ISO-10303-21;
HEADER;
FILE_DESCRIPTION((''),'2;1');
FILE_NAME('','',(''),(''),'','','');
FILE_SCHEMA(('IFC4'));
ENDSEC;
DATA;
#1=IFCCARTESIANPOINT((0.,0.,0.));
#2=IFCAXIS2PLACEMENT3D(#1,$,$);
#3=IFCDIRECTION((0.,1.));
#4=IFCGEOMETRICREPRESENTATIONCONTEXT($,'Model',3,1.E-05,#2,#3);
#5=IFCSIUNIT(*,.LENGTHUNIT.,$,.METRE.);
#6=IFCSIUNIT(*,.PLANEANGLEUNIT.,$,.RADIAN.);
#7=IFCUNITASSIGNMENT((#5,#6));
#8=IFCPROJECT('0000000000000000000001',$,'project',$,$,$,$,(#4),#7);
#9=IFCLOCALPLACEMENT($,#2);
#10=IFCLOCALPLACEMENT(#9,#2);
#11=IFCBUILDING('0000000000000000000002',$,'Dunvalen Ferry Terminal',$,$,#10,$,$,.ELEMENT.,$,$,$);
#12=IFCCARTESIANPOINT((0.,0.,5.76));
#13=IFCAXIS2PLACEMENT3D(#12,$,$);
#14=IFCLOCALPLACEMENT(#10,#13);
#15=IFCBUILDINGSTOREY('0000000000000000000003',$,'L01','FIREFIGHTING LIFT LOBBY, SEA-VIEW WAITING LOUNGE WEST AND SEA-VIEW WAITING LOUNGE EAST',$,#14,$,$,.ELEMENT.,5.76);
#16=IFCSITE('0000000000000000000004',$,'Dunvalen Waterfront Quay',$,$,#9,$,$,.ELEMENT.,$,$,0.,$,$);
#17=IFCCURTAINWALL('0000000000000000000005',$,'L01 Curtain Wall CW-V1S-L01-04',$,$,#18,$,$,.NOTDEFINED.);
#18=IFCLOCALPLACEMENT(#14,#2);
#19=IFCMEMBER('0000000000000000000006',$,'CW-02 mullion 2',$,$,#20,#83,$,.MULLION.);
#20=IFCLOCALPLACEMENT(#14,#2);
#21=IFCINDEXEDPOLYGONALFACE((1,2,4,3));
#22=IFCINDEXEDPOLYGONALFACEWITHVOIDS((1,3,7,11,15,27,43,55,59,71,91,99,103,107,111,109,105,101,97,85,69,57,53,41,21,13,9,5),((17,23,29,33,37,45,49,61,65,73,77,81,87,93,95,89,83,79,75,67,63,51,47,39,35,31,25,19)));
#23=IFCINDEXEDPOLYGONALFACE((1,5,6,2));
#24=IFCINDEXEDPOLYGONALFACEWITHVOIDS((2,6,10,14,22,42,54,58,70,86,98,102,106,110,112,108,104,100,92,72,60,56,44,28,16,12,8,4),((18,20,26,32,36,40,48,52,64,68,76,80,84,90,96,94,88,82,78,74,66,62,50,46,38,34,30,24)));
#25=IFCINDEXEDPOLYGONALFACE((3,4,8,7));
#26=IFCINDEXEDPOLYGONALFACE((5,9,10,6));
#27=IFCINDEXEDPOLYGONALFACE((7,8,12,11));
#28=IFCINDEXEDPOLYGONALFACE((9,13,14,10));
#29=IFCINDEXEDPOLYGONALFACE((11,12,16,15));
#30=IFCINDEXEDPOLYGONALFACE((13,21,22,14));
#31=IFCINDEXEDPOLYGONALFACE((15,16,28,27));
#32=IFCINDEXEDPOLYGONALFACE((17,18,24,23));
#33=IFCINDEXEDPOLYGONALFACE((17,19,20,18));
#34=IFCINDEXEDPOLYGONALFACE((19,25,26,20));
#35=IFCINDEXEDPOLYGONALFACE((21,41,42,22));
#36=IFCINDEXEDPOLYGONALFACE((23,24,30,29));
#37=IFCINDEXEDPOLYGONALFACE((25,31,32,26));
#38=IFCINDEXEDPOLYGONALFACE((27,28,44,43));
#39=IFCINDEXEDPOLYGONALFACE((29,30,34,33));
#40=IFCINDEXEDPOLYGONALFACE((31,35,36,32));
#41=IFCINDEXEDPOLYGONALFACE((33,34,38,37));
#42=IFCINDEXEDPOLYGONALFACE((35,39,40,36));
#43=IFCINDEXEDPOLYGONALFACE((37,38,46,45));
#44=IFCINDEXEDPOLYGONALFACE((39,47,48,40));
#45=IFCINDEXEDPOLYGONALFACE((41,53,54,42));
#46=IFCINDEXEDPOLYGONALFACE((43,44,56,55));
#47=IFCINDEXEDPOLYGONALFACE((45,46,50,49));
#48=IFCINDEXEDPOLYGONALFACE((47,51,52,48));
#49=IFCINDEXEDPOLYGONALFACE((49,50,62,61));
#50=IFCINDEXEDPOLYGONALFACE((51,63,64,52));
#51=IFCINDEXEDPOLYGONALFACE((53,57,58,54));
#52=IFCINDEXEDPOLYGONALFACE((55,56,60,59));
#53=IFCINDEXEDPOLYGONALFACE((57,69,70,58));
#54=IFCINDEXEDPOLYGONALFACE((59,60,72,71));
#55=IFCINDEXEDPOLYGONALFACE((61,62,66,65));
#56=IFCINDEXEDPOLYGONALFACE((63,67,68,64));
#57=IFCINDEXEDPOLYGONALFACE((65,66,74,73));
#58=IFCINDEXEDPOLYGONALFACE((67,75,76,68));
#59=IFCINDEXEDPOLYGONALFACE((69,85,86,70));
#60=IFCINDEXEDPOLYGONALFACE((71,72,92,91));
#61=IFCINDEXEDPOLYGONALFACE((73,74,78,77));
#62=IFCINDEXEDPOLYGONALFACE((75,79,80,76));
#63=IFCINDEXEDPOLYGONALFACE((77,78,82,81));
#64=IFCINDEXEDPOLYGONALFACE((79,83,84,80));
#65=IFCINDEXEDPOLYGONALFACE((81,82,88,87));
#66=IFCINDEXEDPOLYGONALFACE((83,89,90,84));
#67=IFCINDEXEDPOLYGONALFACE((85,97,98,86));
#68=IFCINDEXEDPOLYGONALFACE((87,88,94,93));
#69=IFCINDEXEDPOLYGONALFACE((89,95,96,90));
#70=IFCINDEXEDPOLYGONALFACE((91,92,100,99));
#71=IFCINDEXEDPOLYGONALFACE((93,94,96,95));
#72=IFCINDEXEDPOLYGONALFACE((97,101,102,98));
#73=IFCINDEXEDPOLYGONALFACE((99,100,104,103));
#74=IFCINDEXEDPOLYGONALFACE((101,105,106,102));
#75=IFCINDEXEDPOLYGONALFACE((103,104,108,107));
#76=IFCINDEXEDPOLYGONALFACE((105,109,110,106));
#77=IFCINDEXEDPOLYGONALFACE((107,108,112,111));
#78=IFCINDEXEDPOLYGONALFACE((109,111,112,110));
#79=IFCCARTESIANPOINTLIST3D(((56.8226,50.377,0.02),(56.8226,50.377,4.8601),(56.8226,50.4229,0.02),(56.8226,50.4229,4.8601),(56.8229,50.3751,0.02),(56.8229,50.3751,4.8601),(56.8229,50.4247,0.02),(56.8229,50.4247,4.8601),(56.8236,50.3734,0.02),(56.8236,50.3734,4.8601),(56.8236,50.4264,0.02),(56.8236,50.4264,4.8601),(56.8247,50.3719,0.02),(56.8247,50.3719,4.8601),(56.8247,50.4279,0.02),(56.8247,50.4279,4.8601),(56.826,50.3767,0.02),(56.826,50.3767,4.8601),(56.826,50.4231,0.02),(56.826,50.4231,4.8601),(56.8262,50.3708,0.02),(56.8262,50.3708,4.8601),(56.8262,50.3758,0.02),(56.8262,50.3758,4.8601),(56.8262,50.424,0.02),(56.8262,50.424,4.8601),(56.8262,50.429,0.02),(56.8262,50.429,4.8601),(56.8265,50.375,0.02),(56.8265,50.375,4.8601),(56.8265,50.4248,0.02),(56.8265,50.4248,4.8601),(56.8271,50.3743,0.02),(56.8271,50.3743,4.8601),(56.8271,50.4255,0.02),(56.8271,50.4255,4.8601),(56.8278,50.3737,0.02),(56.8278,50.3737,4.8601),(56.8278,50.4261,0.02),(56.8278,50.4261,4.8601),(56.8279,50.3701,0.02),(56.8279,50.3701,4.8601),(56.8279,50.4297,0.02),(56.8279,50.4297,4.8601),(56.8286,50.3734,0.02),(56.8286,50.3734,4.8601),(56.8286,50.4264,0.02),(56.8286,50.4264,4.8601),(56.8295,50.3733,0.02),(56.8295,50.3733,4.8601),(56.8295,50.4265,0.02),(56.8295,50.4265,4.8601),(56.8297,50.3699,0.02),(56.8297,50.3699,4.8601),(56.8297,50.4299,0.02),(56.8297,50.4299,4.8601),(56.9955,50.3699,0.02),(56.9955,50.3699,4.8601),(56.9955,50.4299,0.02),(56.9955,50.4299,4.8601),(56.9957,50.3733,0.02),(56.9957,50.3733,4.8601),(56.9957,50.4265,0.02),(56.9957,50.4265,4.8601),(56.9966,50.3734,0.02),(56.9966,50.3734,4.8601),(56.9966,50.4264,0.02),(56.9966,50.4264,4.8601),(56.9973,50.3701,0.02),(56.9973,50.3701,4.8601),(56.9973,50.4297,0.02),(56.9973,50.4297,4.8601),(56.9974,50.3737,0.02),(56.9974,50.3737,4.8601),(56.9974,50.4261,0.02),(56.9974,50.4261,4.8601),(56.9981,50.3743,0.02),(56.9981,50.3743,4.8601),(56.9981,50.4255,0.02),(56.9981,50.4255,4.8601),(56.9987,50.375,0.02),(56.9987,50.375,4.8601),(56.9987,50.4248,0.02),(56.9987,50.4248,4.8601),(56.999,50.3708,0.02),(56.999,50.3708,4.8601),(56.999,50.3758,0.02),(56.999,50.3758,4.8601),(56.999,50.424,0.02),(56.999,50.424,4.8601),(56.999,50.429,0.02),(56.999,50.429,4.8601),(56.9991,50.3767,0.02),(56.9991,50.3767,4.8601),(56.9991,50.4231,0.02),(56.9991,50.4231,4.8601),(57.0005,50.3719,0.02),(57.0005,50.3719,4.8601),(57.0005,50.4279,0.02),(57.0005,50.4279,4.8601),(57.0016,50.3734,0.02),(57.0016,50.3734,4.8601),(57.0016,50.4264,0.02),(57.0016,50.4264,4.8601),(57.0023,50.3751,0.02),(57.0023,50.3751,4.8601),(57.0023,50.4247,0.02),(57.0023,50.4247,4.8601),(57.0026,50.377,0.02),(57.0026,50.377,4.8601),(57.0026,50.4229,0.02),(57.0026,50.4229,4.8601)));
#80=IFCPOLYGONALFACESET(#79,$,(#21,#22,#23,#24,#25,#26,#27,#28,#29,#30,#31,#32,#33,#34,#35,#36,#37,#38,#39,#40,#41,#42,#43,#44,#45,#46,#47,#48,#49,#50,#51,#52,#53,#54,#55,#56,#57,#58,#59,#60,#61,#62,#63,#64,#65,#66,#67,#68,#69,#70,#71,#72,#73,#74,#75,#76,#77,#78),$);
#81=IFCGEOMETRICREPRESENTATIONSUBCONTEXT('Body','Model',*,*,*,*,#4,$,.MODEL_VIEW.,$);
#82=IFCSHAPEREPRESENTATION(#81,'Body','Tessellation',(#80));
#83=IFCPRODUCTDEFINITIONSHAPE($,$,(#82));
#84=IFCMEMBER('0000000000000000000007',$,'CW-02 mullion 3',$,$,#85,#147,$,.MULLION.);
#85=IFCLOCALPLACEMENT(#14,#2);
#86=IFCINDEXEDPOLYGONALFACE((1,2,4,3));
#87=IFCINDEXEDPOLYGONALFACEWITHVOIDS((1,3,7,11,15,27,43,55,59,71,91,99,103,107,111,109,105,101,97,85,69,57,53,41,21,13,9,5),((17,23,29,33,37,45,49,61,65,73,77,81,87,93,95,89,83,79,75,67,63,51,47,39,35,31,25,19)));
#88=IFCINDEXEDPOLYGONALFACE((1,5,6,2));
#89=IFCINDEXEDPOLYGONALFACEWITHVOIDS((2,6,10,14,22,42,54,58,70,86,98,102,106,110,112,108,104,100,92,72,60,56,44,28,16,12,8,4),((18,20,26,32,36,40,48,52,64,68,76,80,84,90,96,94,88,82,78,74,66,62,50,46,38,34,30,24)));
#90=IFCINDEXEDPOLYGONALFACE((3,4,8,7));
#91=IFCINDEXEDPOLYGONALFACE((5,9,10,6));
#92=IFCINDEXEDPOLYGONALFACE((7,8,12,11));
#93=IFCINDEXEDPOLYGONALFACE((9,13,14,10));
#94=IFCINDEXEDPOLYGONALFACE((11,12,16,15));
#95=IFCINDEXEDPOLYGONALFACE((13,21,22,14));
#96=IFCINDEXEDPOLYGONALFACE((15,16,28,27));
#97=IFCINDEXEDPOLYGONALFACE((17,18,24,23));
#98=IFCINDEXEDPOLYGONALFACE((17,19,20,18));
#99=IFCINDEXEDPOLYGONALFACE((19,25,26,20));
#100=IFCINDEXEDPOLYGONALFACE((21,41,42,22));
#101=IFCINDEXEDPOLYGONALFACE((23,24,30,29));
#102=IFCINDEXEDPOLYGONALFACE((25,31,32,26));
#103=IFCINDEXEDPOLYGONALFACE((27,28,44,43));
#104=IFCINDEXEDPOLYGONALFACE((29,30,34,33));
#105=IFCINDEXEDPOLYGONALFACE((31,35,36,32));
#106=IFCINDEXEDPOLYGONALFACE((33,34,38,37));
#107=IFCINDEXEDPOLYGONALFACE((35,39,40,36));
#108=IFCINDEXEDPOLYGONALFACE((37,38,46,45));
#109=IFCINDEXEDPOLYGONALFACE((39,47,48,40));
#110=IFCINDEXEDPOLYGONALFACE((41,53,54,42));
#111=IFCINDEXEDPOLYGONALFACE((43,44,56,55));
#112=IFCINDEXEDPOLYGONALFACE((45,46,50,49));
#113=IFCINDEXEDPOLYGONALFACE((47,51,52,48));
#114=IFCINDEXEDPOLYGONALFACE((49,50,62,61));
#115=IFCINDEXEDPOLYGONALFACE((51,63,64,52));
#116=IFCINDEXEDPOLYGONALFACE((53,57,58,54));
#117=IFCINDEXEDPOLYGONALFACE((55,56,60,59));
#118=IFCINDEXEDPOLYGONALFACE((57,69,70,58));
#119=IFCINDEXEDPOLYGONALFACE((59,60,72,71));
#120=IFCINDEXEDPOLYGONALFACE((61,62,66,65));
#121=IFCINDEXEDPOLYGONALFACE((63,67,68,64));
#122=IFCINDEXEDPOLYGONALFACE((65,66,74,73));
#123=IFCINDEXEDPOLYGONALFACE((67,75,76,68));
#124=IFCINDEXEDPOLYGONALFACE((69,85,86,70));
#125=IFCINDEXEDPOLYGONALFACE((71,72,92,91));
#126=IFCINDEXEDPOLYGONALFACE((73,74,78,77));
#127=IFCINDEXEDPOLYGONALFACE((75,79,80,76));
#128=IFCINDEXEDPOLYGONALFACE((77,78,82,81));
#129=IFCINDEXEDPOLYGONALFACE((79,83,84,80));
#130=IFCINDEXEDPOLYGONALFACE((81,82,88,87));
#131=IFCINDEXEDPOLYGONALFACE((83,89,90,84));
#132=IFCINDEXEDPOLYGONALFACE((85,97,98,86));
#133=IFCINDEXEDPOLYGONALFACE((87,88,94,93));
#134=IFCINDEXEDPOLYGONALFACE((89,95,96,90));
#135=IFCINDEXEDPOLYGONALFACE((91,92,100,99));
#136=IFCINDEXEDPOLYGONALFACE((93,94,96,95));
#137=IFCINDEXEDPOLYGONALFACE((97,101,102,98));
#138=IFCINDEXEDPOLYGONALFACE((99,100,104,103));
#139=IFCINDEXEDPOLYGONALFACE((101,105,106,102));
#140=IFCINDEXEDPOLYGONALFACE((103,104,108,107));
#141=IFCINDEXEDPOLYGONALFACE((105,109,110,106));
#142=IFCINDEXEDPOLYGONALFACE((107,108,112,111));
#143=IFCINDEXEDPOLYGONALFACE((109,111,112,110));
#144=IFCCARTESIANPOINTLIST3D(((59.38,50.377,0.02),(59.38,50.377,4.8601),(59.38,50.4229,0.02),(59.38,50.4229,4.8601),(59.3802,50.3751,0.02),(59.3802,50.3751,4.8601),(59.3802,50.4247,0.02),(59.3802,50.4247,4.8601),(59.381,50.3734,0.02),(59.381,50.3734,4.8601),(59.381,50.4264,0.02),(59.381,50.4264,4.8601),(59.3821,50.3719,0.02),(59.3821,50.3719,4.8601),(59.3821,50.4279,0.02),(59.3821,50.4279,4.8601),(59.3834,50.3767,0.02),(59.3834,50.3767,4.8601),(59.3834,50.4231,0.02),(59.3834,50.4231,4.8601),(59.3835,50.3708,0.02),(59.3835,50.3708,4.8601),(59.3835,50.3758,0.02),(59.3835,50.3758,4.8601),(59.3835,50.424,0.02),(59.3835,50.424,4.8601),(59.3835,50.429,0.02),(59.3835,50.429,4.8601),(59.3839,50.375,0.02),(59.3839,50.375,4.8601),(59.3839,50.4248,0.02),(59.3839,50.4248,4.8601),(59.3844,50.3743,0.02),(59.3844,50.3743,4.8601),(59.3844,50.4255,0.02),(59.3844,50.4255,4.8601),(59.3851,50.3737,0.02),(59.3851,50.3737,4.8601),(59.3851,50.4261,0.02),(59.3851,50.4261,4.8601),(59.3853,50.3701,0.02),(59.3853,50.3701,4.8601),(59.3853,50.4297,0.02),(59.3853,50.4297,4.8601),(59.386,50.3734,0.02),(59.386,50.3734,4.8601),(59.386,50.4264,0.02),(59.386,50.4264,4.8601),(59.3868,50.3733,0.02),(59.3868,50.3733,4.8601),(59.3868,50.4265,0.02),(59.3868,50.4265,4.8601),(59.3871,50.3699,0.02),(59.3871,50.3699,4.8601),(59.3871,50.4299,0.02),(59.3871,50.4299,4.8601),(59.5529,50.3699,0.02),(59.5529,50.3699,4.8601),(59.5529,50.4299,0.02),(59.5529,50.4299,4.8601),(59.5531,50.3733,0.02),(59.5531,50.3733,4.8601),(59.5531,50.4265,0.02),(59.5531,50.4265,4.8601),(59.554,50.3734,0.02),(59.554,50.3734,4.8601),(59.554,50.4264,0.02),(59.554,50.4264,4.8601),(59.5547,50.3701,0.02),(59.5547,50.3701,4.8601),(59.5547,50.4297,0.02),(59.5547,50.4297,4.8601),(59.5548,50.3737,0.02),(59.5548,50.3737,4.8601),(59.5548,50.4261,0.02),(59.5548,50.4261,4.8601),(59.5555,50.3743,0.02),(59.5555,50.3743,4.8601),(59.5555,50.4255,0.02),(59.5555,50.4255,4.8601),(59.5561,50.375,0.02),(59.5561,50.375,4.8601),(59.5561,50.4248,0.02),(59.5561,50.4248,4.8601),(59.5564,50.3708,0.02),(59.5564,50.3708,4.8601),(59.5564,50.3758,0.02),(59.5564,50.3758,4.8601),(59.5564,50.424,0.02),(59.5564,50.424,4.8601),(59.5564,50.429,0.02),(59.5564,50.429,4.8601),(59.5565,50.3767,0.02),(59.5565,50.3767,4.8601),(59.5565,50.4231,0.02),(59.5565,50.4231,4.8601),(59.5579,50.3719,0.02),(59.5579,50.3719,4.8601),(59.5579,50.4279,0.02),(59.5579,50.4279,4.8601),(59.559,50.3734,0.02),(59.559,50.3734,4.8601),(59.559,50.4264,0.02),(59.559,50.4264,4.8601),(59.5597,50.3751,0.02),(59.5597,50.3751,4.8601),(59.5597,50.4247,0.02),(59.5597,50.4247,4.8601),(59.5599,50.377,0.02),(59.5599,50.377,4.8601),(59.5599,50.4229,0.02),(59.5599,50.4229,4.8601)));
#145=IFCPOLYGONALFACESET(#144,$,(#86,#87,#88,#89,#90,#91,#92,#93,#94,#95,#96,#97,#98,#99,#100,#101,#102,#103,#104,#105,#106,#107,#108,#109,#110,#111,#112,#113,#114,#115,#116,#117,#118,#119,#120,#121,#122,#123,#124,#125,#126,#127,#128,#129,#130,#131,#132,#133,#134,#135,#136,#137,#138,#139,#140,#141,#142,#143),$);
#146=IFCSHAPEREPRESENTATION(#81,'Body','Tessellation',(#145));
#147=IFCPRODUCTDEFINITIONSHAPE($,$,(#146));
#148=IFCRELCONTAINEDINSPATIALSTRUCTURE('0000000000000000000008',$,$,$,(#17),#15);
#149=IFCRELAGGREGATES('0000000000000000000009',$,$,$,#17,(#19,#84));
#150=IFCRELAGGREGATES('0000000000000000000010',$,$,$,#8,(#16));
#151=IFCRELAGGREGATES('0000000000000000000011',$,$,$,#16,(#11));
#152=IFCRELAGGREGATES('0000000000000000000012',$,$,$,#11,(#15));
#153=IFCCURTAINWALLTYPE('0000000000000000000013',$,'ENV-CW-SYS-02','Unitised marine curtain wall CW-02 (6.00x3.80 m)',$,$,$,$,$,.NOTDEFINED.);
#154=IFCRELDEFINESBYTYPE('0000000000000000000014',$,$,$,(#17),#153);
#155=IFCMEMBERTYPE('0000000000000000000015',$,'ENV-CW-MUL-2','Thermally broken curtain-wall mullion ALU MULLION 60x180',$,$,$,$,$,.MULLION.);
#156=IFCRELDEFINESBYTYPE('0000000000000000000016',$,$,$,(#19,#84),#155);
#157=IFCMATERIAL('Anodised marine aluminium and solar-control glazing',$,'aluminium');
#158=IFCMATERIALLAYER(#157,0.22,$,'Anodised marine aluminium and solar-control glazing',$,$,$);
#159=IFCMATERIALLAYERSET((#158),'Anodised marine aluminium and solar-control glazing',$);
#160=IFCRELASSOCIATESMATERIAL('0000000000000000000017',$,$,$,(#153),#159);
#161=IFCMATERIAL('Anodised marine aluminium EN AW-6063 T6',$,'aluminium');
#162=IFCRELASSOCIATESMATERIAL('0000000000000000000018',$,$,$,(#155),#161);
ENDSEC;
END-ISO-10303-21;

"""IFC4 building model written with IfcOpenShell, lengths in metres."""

from ifc_helpers import new_model, si_unit, direction, frame, origin, origin_2d, place, context, subcontext, project, spatial, hollow_rectangle, extrude, material, layer, layer_set, material_profile, profile_set, type_object, element, aggregate, save


model = new_model("IFC4")

# Units and contexts
model_context = context("Model", 3, precision=1e-05, world=origin(), true_north=direction((0.0, 1.0)))
body_context = subcontext(model_context, "Body", "Model", "MODEL_VIEW")
ifc_project = project(units=[si_unit("LENGTHUNIT", "METRE"), si_unit("PLANEANGLEUNIT", "RADIAN")], contexts=[model_context])

# Site, building, storey
site_placement = place(None, origin())
site = spatial("IfcSite", under=ifc_project, at=site_placement, Name="Dunvalen Waterfront Quay", CompositionType="ELEMENT", RefElevation=0.0)
building_placement = place(site_placement, origin())
building = spatial("IfcBuilding", under=site, at=building_placement, Name="Dunvalen Ferry Terminal", CompositionType="ELEMENT")
storey_placement = place(building_placement, frame((0.0, 0.0, 5.76)))
storey = spatial("IfcBuildingStorey", under=building, at=storey_placement, Name="L01", Description="FIREFIGHTING LIFT LOBBY, SEA-VIEW WAITING LOUNGE WEST AND SEA-VIEW WAITING LOUNGE EAST", CompositionType="ELEMENT", Elevation=5.76)

# Curtain wall, members
ifc_material_1 = material(Name="Anodised marine aluminium and solar-control glazing", Category="aluminium")
ifc_layer_1 = layer(ifc_material_1, 0.22, Name="Anodised marine aluminium and solar-control glazing")
ifc_layer_set_1 = layer_set([ifc_layer_1], Name="Anodised marine aluminium and solar-control glazing")
curtain_wall_type = type_object("IfcCurtainWallType", Name="ENV-CW-SYS-02", Description="Unitised marine curtain wall CW-02 (6.00x3.80 m)", PredefinedType="NOTDEFINED", material=ifc_layer_set_1)
curtain_wall_1_placement = place(storey_placement, origin())
curtain_wall_1 = element("IfcCurtainWall", 1, at=curtain_wall_1_placement, inside=storey, type_object=curtain_wall_type, Name="L01 Curtain Wall CW-V1S-L01-04", PredefinedType="NOTDEFINED")
ifc_material_2 = material(Name="Anodised marine aluminium EN AW-6063 T6", Category="aluminium")
ifc_material_profile_1 = material_profile(ifc_material_2, hollow_rectangle(XDim=0.0601, YDim=0.1799, WallThickness=0.0034, InnerFilletRadius=0.0034, OuterFilletRadius=0.0071, at=origin_2d()), Name="Anodised marine aluminium EN AW-6063 T6")
ifc_profile_set_1 = profile_set([ifc_material_profile_1], Name="Anodised marine aluminium EN AW-6063 T6")
member_type_1 = type_object("IfcMemberType", Name="ENV-CW-MUL-2", Description="Thermally broken curtain-wall mullion ALU MULLION 60x180", PredefinedType="MULLION", material=ifc_profile_set_1)
member_1_placement = place(storey_placement, frame((56.9126, 50.3999, 0.02), z_axis=(0.0, 0.0, 1.0), x_axis=(0.0, 1.0, 0.0)))
member_1 = element("IfcMember", 2, at=member_1_placement, type_object=member_type_1, Name="CW-02 mullion 2", PredefinedType="MULLION", context=body_context, shape_type="SweptSolid", body=[
    extrude(hollow_rectangle(XDim=0.0601, YDim=0.1799, WallThickness=0.0034, InnerFilletRadius=0.0034, OuterFilletRadius=0.0071, at=origin_2d()), origin(), (0.0, 0.0, 1.0), 4.8401),
])
member_2_placement = place(storey_placement, frame((59.47, 50.3999, 0.02), z_axis=(0.0, 0.0, 1.0), x_axis=(0.0, 1.0, 0.0)))
member_2 = element("IfcMember", 3, at=member_2_placement, type_object=member_type_1, Name="CW-02 mullion 3", PredefinedType="MULLION", context=body_context, shape_type="SweptSolid", body=[
    extrude(hollow_rectangle(XDim=0.0601, YDim=0.1799, WallThickness=0.0034, InnerFilletRadius=0.0034, OuterFilletRadius=0.0071, at=origin_2d()), origin(), (0.0, 0.0, 1.0), 4.8401),
])

aggregate(curtain_wall_1, [member_1, member_2])

save(model, "model.ifc")
